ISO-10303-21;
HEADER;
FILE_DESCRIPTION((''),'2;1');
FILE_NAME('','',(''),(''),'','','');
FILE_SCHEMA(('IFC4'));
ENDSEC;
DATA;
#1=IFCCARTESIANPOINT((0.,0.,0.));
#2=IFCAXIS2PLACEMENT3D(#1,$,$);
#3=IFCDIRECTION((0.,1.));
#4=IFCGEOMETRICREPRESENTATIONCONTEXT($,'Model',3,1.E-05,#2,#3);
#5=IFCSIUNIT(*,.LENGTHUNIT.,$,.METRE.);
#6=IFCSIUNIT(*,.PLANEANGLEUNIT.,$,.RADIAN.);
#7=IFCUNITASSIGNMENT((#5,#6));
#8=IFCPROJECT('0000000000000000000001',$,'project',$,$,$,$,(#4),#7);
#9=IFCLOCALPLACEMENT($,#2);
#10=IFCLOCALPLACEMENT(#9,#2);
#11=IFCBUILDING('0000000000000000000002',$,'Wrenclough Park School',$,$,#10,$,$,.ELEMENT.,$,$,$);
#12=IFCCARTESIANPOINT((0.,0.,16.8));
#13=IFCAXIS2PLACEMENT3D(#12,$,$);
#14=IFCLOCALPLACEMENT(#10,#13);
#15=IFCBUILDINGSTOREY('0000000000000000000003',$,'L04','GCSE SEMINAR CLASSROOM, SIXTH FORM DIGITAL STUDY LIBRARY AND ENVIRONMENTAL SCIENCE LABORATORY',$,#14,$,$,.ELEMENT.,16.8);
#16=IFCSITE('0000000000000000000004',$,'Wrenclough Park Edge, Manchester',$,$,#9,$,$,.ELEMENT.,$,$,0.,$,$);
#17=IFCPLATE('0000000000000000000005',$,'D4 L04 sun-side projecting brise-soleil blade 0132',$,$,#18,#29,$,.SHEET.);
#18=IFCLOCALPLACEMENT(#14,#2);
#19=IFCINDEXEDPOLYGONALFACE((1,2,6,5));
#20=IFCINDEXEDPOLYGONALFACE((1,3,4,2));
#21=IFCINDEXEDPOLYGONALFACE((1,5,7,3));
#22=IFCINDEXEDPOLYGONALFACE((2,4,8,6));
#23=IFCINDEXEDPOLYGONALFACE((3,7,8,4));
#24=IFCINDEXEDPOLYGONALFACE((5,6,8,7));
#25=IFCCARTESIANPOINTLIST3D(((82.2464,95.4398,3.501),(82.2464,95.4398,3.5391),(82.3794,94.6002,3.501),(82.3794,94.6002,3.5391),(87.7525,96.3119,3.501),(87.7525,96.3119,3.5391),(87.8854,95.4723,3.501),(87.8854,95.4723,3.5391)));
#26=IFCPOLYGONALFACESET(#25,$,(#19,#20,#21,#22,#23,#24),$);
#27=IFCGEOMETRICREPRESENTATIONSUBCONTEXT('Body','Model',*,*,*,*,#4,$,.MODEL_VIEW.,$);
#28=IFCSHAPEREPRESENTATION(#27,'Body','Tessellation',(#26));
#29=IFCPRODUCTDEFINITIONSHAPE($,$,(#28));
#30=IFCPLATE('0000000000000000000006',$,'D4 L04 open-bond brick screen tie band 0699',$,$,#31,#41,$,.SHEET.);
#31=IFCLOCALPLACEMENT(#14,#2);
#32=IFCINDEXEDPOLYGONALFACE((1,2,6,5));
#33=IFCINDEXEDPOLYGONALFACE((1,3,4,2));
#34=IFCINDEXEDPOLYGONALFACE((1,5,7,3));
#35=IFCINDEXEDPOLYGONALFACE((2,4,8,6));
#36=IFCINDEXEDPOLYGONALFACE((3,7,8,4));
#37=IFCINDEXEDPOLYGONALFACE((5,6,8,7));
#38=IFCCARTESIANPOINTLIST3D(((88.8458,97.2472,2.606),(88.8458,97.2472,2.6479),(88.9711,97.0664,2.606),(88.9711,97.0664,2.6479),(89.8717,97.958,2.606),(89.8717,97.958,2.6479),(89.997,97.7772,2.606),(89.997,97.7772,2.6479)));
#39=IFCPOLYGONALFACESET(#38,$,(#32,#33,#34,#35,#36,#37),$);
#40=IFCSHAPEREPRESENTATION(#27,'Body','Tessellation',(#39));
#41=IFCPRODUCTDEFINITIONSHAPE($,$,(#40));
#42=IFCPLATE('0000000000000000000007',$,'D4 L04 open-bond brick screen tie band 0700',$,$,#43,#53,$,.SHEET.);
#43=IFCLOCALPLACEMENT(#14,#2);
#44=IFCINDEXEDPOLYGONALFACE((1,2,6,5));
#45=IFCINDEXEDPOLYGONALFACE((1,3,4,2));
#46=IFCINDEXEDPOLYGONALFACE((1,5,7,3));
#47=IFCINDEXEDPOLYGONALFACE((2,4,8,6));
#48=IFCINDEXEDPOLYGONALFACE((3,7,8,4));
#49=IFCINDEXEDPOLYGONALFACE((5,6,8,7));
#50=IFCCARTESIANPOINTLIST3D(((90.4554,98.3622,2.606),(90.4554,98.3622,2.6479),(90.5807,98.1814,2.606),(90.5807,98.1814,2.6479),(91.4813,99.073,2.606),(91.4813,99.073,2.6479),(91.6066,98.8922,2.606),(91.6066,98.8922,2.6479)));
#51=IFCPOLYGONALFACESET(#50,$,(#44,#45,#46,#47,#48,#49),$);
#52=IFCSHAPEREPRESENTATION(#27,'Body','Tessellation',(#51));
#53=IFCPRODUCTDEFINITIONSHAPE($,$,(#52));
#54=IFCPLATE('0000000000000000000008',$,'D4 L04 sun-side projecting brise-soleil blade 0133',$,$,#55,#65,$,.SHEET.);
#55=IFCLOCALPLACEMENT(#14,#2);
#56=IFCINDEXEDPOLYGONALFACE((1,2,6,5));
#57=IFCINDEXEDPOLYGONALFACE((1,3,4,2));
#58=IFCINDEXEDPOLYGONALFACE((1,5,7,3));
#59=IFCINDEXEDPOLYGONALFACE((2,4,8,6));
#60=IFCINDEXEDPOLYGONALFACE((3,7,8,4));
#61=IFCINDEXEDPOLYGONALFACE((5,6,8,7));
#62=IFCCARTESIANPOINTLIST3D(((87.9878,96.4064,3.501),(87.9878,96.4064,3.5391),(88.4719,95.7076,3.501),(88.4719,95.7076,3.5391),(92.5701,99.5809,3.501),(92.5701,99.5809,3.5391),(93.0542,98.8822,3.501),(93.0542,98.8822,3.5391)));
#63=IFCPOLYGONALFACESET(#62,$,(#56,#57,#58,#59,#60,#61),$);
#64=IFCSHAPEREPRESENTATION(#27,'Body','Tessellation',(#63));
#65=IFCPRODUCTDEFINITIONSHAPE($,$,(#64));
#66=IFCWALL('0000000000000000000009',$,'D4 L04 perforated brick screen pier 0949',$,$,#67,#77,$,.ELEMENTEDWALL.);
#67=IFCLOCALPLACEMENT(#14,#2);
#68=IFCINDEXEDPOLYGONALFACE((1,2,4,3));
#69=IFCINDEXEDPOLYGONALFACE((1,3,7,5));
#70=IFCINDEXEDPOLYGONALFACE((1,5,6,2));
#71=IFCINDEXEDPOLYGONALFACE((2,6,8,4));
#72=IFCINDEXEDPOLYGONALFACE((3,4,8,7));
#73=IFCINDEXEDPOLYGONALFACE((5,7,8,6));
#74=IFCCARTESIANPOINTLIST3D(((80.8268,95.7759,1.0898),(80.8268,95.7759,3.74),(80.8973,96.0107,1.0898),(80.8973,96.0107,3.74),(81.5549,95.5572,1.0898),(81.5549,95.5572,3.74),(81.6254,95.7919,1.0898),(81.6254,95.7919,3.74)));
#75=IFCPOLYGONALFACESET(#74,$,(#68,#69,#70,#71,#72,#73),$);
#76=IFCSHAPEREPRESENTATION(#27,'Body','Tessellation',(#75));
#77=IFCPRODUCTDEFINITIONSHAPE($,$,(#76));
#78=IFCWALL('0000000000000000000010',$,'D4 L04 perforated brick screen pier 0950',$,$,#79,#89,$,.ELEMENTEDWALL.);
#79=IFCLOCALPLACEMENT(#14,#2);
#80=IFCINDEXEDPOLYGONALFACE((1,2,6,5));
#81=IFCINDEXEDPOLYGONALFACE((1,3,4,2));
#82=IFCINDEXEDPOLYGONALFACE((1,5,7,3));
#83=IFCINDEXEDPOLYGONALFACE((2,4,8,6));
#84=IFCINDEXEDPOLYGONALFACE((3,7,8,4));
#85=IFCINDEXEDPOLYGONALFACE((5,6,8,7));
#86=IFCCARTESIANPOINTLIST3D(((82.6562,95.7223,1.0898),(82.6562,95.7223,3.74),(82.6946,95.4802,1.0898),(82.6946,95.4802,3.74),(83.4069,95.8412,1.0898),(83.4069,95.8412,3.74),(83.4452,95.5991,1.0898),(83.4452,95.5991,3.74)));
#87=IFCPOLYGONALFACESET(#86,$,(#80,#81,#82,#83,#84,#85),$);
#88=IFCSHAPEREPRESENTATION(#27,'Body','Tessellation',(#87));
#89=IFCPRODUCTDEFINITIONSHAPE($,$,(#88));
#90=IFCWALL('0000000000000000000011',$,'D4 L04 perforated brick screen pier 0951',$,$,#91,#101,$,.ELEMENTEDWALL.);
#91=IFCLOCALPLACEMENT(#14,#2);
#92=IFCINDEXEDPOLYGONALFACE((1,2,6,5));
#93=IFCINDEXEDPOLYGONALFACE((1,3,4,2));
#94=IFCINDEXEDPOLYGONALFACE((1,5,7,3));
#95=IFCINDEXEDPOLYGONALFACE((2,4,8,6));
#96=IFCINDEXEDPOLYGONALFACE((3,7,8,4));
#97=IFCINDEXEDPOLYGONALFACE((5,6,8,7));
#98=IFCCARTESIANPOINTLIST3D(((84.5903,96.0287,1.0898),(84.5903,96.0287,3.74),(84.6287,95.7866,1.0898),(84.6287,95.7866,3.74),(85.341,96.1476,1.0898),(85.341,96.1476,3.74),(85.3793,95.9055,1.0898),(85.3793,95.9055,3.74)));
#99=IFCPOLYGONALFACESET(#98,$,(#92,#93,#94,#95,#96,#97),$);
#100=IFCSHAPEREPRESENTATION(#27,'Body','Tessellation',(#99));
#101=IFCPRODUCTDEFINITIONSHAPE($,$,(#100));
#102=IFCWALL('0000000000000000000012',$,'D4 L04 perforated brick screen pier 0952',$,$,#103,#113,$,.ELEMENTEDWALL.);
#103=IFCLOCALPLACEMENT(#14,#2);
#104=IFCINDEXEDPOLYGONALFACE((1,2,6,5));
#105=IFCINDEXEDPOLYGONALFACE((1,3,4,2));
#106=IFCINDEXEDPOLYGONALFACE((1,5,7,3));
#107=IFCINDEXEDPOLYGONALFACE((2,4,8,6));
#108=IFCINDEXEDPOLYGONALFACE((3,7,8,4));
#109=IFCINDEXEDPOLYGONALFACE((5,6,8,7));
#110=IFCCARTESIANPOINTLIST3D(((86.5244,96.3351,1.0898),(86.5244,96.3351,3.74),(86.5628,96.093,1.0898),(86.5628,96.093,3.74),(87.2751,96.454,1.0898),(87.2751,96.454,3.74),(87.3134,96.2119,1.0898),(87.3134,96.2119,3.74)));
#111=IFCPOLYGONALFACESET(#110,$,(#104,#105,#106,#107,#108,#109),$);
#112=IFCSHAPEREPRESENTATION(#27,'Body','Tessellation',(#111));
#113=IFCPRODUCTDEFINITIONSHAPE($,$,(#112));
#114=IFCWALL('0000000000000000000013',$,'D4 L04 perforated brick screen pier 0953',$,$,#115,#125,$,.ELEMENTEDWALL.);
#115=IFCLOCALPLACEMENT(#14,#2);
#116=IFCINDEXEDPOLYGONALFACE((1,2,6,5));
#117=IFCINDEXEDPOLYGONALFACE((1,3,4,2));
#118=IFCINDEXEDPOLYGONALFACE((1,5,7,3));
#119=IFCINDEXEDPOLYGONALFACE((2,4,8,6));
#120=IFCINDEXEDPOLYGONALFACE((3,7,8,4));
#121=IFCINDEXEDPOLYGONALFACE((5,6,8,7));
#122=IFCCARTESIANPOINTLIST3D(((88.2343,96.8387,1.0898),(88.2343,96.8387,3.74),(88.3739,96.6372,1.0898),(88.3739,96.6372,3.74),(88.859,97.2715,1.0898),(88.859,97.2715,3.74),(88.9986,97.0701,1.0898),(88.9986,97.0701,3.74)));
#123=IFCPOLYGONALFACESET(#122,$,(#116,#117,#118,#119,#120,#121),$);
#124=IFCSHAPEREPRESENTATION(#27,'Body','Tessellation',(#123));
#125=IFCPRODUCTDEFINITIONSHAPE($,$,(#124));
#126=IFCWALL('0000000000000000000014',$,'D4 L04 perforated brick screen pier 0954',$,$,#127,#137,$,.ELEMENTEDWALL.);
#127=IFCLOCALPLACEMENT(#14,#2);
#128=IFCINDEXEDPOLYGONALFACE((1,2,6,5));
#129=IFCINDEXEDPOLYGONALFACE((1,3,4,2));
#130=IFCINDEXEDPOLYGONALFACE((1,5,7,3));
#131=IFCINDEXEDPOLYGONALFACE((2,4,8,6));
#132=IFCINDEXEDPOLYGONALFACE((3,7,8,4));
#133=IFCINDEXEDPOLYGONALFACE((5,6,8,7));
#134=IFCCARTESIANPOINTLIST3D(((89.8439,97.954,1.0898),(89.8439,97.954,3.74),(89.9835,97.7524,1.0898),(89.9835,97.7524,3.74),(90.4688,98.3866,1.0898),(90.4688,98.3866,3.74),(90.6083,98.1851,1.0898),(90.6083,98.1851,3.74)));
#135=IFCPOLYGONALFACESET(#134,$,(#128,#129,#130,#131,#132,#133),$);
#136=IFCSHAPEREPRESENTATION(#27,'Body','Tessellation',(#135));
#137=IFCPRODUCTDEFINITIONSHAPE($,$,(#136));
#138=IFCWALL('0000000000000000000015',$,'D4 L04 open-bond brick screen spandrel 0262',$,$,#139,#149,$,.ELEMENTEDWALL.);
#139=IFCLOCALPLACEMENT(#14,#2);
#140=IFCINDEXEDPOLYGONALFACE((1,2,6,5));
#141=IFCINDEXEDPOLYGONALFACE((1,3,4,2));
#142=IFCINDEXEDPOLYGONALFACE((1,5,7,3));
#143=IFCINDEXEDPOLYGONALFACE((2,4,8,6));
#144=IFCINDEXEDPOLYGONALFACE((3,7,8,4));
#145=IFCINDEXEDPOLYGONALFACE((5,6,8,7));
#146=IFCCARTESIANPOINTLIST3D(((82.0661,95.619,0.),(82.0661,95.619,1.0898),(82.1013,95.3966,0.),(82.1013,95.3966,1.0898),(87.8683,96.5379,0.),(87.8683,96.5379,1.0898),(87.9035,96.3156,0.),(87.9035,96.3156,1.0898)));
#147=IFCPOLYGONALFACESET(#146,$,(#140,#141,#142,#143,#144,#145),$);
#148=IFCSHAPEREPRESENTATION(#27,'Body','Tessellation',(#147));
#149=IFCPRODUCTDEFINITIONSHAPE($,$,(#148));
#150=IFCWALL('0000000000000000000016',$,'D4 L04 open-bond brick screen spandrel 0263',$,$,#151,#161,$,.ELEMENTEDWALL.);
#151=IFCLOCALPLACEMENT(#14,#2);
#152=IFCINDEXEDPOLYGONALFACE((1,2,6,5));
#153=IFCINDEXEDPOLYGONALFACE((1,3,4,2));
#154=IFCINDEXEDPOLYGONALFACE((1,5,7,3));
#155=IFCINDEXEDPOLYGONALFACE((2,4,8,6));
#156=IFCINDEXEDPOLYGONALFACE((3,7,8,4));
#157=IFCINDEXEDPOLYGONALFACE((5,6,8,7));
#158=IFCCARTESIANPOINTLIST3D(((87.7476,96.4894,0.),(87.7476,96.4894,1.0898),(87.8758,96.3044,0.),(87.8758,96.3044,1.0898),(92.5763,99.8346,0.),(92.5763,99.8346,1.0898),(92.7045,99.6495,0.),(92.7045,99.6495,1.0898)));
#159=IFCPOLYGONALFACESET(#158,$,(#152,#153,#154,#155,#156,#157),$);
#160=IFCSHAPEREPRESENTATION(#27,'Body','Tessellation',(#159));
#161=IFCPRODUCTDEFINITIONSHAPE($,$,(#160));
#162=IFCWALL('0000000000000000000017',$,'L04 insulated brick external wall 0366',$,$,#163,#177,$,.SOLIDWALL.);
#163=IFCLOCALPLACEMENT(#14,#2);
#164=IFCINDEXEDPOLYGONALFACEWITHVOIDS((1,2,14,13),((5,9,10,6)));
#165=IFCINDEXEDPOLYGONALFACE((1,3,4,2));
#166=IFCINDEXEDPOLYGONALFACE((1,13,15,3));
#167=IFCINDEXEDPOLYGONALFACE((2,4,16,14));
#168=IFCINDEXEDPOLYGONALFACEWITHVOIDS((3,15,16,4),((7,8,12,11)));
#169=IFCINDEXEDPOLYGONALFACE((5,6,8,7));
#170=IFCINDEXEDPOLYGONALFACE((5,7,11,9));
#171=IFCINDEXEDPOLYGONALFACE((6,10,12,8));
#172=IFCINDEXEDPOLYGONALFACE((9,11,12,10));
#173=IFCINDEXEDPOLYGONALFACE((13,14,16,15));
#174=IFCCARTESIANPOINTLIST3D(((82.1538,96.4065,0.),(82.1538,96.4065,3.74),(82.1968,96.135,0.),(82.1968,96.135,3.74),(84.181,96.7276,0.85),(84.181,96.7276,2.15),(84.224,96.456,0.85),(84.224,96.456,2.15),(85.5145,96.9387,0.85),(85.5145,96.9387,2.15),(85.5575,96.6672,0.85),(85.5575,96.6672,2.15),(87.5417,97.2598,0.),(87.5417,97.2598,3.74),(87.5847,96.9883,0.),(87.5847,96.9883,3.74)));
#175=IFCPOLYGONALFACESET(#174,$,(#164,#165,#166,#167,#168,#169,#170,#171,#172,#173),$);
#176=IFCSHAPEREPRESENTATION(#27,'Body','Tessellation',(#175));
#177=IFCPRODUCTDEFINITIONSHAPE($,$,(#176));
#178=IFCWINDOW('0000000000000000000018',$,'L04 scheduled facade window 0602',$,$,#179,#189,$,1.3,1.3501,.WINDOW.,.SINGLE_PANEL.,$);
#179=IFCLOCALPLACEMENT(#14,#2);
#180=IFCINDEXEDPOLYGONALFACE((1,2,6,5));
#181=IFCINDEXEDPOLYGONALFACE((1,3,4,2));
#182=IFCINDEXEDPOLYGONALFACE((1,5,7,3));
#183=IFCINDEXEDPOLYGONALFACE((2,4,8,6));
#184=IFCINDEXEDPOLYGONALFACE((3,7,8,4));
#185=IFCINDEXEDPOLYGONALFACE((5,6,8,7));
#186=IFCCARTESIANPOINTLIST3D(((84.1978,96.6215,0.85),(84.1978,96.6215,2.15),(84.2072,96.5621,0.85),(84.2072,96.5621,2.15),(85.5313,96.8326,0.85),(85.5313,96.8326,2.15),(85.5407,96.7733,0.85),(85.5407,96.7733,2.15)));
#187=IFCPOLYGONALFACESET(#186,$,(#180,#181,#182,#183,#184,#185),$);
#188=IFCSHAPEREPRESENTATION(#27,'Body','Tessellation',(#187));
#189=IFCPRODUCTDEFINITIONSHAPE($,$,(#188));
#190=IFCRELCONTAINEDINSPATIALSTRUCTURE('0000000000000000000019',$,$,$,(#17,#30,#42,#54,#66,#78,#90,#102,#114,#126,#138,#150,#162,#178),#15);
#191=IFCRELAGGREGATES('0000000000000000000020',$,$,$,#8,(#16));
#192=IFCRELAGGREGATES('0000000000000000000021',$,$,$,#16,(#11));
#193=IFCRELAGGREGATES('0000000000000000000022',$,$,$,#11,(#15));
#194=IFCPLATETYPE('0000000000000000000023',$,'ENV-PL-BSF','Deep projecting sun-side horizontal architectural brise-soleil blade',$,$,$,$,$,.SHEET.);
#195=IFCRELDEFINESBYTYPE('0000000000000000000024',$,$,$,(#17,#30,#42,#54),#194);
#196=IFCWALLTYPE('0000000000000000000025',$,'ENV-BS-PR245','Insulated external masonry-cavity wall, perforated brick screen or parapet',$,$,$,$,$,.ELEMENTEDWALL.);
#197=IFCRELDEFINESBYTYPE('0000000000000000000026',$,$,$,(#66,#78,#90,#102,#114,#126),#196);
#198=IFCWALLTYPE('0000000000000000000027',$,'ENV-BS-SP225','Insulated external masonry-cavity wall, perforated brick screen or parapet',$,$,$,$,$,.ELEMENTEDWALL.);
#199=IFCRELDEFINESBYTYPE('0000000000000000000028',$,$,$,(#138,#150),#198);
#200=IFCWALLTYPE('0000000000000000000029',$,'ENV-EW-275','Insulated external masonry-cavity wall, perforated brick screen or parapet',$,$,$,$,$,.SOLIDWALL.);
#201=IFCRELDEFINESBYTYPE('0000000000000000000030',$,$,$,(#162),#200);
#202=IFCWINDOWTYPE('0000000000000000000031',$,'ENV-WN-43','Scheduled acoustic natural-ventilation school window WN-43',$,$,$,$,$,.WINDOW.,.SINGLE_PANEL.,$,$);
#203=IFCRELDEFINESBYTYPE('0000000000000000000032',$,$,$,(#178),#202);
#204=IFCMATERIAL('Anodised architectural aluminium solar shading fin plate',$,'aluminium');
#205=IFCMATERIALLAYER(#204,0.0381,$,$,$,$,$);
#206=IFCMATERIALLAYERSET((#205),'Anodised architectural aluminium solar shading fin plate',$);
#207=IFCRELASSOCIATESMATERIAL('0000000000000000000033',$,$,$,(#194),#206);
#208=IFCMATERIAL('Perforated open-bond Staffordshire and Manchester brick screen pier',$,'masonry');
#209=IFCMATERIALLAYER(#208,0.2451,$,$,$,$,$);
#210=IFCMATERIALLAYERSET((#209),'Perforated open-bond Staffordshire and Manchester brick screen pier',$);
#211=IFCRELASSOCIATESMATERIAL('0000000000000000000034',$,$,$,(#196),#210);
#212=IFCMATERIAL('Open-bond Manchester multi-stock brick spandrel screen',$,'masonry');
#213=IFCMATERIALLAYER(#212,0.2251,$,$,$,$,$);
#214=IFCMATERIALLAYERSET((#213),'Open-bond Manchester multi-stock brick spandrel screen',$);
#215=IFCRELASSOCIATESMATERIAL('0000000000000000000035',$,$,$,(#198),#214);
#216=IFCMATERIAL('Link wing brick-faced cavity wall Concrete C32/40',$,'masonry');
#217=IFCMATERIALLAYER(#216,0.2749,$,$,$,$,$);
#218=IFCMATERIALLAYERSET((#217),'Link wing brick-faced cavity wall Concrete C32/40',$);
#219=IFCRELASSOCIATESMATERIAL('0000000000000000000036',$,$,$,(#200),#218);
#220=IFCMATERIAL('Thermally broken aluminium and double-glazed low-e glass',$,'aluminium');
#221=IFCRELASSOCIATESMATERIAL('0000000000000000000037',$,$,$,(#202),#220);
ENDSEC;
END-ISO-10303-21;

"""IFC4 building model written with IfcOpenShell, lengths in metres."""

from ifc_helpers import new_model, si_unit, direction, frame, frame_2d, origin, origin_2d, place, context, subcontext, project, spatial, rectangle, extrude, material, layer, layer_set, type_object, element, fill, save


model = new_model("IFC4")

# Units and contexts
model_context = context("Model", 3, precision=1e-05, world=origin(), true_north=direction((0.0, 1.0)))
body_context = subcontext(model_context, "Body", "Model", "MODEL_VIEW")
ifc_project = project(units=[si_unit("LENGTHUNIT", "METRE"), si_unit("PLANEANGLEUNIT", "RADIAN")], contexts=[model_context])

# Site, building, storey
site_placement = place(None, origin())
site = spatial("IfcSite", under=ifc_project, at=site_placement, Name="Wrenclough Park Edge, Manchester", CompositionType="ELEMENT", RefElevation=0.0)
building_placement = place(site_placement, origin())
building = spatial("IfcBuilding", under=site, at=building_placement, Name="Wrenclough Park School", CompositionType="ELEMENT")
storey_placement = place(building_placement, frame((0.0, 0.0, 16.8)))
storey = spatial("IfcBuildingStorey", under=building, at=storey_placement, Name="L04", Description="GCSE SEMINAR CLASSROOM, SIXTH FORM DIGITAL STUDY LIBRARY AND ENVIRONMENTAL SCIENCE LABORATORY", CompositionType="ELEMENT", Elevation=16.8)

# Plates
ifc_material_1 = material(Name="Anodised architectural aluminium solar shading fin plate", Category="aluminium")
ifc_layer_1 = layer(ifc_material_1, 0.0381)
ifc_layer_set_1 = layer_set([ifc_layer_1], Name="Anodised architectural aluminium solar shading fin plate")
plate_type = type_object("IfcPlateType", Name="ENV-PL-BSF", Description="Deep projecting sun-side horizontal architectural brise-soleil blade", PredefinedType="SHEET", material=ifc_layer_set_1)
plate_1_placement = place(storey_placement, frame((85.0659, 95.4561, 3.501), z_axis=(0.0, 0.0, 1.0), x_axis=(0.987688, 0.156435, 0.0)))
element("IfcPlate", 1, at=plate_1_placement, inside=storey, type_object=plate_type, Name="D4 L04 sun-side projecting brise-soleil blade 0132", PredefinedType="SHEET", context=body_context, shape_type="SweptSolid", body=[
    extrude(rectangle(XDim=5.5747, YDim=0.8501, at=origin_2d()), origin(), (0.0, 0.0, 1.0), 0.0381),
])
for number, where, z_axis, x_axis, name in (
    (2, (89.4214, 97.5122, 2.606), (0.0, 0.0, 1.0), (0.822008, 0.569476, 0.0), "D4 L04 open-bond brick screen tie band 0699"),
    (3, (91.031, 98.6272, 2.606), (0.0, 0.0, 1.0), (0.822008, 0.569476, 0.0), "D4 L04 open-bond brick screen tie band 0700"),
):
    element("IfcPlate", number, at=place(storey_placement, frame(where, z_axis=z_axis, x_axis=x_axis)), inside=storey, type_object=plate_type, Name=name, PredefinedType="SHEET", context=body_context, shape_type="SweptSolid", body=[
        extrude(rectangle(XDim=1.248, YDim=0.22, at=origin_2d()), origin(), (0.0, 0.0, 1.0), 0.042),
    ])
plate_2_placement = place(storey_placement, frame((90.521, 97.6443, 3.501), z_axis=(0.0, 0.0, 1.0), x_axis=(0.822008, 0.569476, 0.0)))
element("IfcPlate", 4, at=plate_2_placement, inside=storey, type_object=plate_type, Name="D4 L04 sun-side projecting brise-soleil blade 0133", PredefinedType="SHEET", context=body_context, shape_type="SweptSolid", body=[
    extrude(rectangle(XDim=5.5745, YDim=0.8501, at=origin_2d()), origin(), (0.0, 0.0, 1.0), 0.0381),
])

# Walls
ifc_material_2 = material(Name="Perforated open-bond Staffordshire and Manchester brick screen pier", Category="masonry")
ifc_layer_2 = layer(ifc_material_2, 0.2451)
ifc_layer_set_2 = layer_set([ifc_layer_2], Name="Perforated open-bond Staffordshire and Manchester brick screen pier")
wall_type_1 = type_object("IfcWallType", Name="ENV-BS-PR245", Description="Insulated external masonry-cavity wall, perforated brick screen or parapet", PredefinedType="ELEMENTEDWALL", material=ifc_layer_set_2)
wall_1_placement = place(storey_placement, frame((80.8621, 95.8933, 1.0898), z_axis=(0.0, 0.0, 1.0), x_axis=(0.957702, -0.28776, 0.0)))
element("IfcWall", 5, at=wall_1_placement, inside=storey, type_object=wall_type_1, Name="D4 L04 perforated brick screen pier 0949", PredefinedType="ELEMENTEDWALL", context=body_context, shape_type="SweptSolid", body=[
    extrude(rectangle(XDim=0.7603, YDim=0.2451, at=frame_2d((0.3801, 0.0))), origin(), (0.0, 0.0, 1.0), 2.6501),
])
for number, where, z_axis, x_axis, name in (
    (6, (82.6755, 95.6013, 1.0898), (0.0, 0.0, 1.0), (0.98769, 0.156424, 0.0), "D4 L04 perforated brick screen pier 0950"),
    (7, (84.6096, 95.9077, 1.0898), (0.0, 0.0, 1.0), (0.98769, 0.156424, 0.0), "D4 L04 perforated brick screen pier 0951"),
    (8, (86.5437, 96.2141, 1.0898), (0.0, 0.0, 1.0), (0.98769, 0.156424, 0.0), "D4 L04 perforated brick screen pier 0952"),
    (9, (88.3042, 96.738, 1.0898), (0.0, 0.0, 1.0), (0.821984, 0.569511, 0.0), "D4 L04 perforated brick screen pier 0953"),
    (10, (89.9138, 97.8533, 1.0898), (0.0, 0.0, 1.0), (0.822134, 0.569294, 0.0), "D4 L04 perforated brick screen pier 0954"),
):
    element("IfcWall", number, at=place(storey_placement, frame(where, z_axis=z_axis, x_axis=x_axis)), inside=storey, type_object=wall_type_1, Name=name, PredefinedType="ELEMENTEDWALL", context=body_context, shape_type="SweptSolid", body=[
        extrude(rectangle(XDim=0.76, YDim=0.2451, at=frame_2d((0.3799, 0.0))), origin(), (0.0, 0.0, 1.0), 2.6501),
    ])
ifc_material_3 = material(Name="Open-bond Manchester multi-stock brick spandrel screen", Category="masonry")
ifc_layer_3 = layer(ifc_material_3, 0.2251)
ifc_layer_set_3 = layer_set([ifc_layer_3], Name="Open-bond Manchester multi-stock brick spandrel screen")
wall_type_2 = type_object("IfcWallType", Name="ENV-BS-SP225", Description="Insulated external masonry-cavity wall, perforated brick screen or parapet", PredefinedType="ELEMENTEDWALL", material=ifc_layer_set_3)
wall_2_placement = place(storey_placement, frame((82.0837, 95.5078, 0.0), z_axis=(0.0, 0.0, 1.0), x_axis=(0.987689, 0.156428, 0.0)))
element("IfcWall", 11, at=wall_2_placement, inside=storey, type_object=wall_type_2, Name="D4 L04 open-bond brick screen spandrel 0262", PredefinedType="ELEMENTEDWALL", context=body_context, shape_type="SweptSolid", body=[
    extrude(rectangle(XDim=5.8745, YDim=0.2251, at=frame_2d((2.9373, 0.0))), origin(), (0.0, 0.0, 1.0), 1.0898),
])
wall_3_placement = place(storey_placement, frame((87.8118, 96.397, 0.0), z_axis=(0.0, 0.0, 1.0), x_axis=(0.82202, 0.569458, 0.0)))
element("IfcWall", 12, at=wall_3_placement, inside=storey, type_object=wall_type_2, Name="D4 L04 open-bond brick screen spandrel 0263", PredefinedType="ELEMENTEDWALL", context=body_context, shape_type="SweptSolid", body=[
    extrude(rectangle(XDim=5.8743, YDim=0.2251, at=frame_2d((2.937, 0.0))), origin(), (0.0, 0.0, 1.0), 1.0898),
])

# Wall, opening, window
ifc_material_4 = material(Name="Link wing brick-faced cavity wall Concrete C32/40", Category="masonry")
ifc_layer_4 = layer(ifc_material_4, 0.2749)
ifc_layer_set_4 = layer_set([ifc_layer_4], Name="Link wing brick-faced cavity wall Concrete C32/40")
wall_type_3 = type_object("IfcWallType", Name="ENV-EW-275", Description="Insulated external masonry-cavity wall, perforated brick screen or parapet", PredefinedType="SOLIDWALL", material=ifc_layer_set_4)
wall_4_placement = place(storey_placement, frame((87.5632, 97.124, 0.0), z_axis=(0.0, 0.0, 1.0), x_axis=(-0.987691, -0.156418, 0.0)))
wall_4 = element("IfcWall", 13, at=wall_4_placement, inside=storey, type_object=wall_type_3, Name="L04 insulated brick external wall 0366", PredefinedType="SOLIDWALL", context=body_context, shape_type="SweptSolid", body=[
    extrude(rectangle(XDim=5.4551, YDim=0.2749, at=frame_2d((2.7275, 0.0))), origin(), (0.0, 0.0, 1.0), 3.74),
])
opening_1_placement = place(wall_4_placement, frame((2.0525, 0.0, 0.8501)))
opening_1 = element("IfcOpeningElement", 14, at=opening_1_placement, cuts=wall_4, PredefinedType="OPENING", context=body_context, shape_type="SweptSolid", body=[
    extrude(rectangle(XDim=1.3501, YDim=1.3, at=frame_2d((0.675, 0.6499))), frame((0.0, 0.1475, 0.0), z_axis=(0.0, -1.0, 0.0), x_axis=(1.0, 0.0, 0.0)), (0.0, 0.0, 1.0), 0.2949),
])
ifc_material_5 = material(Name="Thermally broken aluminium and double-glazed low-e glass", Category="aluminium")
window_type_1 = type_object("IfcWindowType", Name="ENV-WN-43", Description="Scheduled acoustic natural-ventilation school window WN-43", PartitioningType="SINGLE_PANEL", PredefinedType="WINDOW", material=ifc_material_5)
window_1_placement = place(opening_1_placement, origin())
window_1 = element("IfcWindow", 15, at=window_1_placement, inside=storey, type_object=window_type_1, Name="L04 scheduled facade window 0602", OverallHeight=1.3, OverallWidth=1.3501, PartitioningType="SINGLE_PANEL", PredefinedType="WINDOW", context=body_context, shape_type="SweptSolid", body=[
    extrude(rectangle(XDim=1.3501, YDim=1.3, at=frame_2d((0.675, 0.6499))), frame((0.0, 0.03, 0.0), z_axis=(0.0, -1.0, 0.0), x_axis=(1.0, 0.0, 0.0)), (0.0, 0.0, 1.0), 0.0601),
])
fill(opening_1, window_1)

save(model, "model.ifc")
